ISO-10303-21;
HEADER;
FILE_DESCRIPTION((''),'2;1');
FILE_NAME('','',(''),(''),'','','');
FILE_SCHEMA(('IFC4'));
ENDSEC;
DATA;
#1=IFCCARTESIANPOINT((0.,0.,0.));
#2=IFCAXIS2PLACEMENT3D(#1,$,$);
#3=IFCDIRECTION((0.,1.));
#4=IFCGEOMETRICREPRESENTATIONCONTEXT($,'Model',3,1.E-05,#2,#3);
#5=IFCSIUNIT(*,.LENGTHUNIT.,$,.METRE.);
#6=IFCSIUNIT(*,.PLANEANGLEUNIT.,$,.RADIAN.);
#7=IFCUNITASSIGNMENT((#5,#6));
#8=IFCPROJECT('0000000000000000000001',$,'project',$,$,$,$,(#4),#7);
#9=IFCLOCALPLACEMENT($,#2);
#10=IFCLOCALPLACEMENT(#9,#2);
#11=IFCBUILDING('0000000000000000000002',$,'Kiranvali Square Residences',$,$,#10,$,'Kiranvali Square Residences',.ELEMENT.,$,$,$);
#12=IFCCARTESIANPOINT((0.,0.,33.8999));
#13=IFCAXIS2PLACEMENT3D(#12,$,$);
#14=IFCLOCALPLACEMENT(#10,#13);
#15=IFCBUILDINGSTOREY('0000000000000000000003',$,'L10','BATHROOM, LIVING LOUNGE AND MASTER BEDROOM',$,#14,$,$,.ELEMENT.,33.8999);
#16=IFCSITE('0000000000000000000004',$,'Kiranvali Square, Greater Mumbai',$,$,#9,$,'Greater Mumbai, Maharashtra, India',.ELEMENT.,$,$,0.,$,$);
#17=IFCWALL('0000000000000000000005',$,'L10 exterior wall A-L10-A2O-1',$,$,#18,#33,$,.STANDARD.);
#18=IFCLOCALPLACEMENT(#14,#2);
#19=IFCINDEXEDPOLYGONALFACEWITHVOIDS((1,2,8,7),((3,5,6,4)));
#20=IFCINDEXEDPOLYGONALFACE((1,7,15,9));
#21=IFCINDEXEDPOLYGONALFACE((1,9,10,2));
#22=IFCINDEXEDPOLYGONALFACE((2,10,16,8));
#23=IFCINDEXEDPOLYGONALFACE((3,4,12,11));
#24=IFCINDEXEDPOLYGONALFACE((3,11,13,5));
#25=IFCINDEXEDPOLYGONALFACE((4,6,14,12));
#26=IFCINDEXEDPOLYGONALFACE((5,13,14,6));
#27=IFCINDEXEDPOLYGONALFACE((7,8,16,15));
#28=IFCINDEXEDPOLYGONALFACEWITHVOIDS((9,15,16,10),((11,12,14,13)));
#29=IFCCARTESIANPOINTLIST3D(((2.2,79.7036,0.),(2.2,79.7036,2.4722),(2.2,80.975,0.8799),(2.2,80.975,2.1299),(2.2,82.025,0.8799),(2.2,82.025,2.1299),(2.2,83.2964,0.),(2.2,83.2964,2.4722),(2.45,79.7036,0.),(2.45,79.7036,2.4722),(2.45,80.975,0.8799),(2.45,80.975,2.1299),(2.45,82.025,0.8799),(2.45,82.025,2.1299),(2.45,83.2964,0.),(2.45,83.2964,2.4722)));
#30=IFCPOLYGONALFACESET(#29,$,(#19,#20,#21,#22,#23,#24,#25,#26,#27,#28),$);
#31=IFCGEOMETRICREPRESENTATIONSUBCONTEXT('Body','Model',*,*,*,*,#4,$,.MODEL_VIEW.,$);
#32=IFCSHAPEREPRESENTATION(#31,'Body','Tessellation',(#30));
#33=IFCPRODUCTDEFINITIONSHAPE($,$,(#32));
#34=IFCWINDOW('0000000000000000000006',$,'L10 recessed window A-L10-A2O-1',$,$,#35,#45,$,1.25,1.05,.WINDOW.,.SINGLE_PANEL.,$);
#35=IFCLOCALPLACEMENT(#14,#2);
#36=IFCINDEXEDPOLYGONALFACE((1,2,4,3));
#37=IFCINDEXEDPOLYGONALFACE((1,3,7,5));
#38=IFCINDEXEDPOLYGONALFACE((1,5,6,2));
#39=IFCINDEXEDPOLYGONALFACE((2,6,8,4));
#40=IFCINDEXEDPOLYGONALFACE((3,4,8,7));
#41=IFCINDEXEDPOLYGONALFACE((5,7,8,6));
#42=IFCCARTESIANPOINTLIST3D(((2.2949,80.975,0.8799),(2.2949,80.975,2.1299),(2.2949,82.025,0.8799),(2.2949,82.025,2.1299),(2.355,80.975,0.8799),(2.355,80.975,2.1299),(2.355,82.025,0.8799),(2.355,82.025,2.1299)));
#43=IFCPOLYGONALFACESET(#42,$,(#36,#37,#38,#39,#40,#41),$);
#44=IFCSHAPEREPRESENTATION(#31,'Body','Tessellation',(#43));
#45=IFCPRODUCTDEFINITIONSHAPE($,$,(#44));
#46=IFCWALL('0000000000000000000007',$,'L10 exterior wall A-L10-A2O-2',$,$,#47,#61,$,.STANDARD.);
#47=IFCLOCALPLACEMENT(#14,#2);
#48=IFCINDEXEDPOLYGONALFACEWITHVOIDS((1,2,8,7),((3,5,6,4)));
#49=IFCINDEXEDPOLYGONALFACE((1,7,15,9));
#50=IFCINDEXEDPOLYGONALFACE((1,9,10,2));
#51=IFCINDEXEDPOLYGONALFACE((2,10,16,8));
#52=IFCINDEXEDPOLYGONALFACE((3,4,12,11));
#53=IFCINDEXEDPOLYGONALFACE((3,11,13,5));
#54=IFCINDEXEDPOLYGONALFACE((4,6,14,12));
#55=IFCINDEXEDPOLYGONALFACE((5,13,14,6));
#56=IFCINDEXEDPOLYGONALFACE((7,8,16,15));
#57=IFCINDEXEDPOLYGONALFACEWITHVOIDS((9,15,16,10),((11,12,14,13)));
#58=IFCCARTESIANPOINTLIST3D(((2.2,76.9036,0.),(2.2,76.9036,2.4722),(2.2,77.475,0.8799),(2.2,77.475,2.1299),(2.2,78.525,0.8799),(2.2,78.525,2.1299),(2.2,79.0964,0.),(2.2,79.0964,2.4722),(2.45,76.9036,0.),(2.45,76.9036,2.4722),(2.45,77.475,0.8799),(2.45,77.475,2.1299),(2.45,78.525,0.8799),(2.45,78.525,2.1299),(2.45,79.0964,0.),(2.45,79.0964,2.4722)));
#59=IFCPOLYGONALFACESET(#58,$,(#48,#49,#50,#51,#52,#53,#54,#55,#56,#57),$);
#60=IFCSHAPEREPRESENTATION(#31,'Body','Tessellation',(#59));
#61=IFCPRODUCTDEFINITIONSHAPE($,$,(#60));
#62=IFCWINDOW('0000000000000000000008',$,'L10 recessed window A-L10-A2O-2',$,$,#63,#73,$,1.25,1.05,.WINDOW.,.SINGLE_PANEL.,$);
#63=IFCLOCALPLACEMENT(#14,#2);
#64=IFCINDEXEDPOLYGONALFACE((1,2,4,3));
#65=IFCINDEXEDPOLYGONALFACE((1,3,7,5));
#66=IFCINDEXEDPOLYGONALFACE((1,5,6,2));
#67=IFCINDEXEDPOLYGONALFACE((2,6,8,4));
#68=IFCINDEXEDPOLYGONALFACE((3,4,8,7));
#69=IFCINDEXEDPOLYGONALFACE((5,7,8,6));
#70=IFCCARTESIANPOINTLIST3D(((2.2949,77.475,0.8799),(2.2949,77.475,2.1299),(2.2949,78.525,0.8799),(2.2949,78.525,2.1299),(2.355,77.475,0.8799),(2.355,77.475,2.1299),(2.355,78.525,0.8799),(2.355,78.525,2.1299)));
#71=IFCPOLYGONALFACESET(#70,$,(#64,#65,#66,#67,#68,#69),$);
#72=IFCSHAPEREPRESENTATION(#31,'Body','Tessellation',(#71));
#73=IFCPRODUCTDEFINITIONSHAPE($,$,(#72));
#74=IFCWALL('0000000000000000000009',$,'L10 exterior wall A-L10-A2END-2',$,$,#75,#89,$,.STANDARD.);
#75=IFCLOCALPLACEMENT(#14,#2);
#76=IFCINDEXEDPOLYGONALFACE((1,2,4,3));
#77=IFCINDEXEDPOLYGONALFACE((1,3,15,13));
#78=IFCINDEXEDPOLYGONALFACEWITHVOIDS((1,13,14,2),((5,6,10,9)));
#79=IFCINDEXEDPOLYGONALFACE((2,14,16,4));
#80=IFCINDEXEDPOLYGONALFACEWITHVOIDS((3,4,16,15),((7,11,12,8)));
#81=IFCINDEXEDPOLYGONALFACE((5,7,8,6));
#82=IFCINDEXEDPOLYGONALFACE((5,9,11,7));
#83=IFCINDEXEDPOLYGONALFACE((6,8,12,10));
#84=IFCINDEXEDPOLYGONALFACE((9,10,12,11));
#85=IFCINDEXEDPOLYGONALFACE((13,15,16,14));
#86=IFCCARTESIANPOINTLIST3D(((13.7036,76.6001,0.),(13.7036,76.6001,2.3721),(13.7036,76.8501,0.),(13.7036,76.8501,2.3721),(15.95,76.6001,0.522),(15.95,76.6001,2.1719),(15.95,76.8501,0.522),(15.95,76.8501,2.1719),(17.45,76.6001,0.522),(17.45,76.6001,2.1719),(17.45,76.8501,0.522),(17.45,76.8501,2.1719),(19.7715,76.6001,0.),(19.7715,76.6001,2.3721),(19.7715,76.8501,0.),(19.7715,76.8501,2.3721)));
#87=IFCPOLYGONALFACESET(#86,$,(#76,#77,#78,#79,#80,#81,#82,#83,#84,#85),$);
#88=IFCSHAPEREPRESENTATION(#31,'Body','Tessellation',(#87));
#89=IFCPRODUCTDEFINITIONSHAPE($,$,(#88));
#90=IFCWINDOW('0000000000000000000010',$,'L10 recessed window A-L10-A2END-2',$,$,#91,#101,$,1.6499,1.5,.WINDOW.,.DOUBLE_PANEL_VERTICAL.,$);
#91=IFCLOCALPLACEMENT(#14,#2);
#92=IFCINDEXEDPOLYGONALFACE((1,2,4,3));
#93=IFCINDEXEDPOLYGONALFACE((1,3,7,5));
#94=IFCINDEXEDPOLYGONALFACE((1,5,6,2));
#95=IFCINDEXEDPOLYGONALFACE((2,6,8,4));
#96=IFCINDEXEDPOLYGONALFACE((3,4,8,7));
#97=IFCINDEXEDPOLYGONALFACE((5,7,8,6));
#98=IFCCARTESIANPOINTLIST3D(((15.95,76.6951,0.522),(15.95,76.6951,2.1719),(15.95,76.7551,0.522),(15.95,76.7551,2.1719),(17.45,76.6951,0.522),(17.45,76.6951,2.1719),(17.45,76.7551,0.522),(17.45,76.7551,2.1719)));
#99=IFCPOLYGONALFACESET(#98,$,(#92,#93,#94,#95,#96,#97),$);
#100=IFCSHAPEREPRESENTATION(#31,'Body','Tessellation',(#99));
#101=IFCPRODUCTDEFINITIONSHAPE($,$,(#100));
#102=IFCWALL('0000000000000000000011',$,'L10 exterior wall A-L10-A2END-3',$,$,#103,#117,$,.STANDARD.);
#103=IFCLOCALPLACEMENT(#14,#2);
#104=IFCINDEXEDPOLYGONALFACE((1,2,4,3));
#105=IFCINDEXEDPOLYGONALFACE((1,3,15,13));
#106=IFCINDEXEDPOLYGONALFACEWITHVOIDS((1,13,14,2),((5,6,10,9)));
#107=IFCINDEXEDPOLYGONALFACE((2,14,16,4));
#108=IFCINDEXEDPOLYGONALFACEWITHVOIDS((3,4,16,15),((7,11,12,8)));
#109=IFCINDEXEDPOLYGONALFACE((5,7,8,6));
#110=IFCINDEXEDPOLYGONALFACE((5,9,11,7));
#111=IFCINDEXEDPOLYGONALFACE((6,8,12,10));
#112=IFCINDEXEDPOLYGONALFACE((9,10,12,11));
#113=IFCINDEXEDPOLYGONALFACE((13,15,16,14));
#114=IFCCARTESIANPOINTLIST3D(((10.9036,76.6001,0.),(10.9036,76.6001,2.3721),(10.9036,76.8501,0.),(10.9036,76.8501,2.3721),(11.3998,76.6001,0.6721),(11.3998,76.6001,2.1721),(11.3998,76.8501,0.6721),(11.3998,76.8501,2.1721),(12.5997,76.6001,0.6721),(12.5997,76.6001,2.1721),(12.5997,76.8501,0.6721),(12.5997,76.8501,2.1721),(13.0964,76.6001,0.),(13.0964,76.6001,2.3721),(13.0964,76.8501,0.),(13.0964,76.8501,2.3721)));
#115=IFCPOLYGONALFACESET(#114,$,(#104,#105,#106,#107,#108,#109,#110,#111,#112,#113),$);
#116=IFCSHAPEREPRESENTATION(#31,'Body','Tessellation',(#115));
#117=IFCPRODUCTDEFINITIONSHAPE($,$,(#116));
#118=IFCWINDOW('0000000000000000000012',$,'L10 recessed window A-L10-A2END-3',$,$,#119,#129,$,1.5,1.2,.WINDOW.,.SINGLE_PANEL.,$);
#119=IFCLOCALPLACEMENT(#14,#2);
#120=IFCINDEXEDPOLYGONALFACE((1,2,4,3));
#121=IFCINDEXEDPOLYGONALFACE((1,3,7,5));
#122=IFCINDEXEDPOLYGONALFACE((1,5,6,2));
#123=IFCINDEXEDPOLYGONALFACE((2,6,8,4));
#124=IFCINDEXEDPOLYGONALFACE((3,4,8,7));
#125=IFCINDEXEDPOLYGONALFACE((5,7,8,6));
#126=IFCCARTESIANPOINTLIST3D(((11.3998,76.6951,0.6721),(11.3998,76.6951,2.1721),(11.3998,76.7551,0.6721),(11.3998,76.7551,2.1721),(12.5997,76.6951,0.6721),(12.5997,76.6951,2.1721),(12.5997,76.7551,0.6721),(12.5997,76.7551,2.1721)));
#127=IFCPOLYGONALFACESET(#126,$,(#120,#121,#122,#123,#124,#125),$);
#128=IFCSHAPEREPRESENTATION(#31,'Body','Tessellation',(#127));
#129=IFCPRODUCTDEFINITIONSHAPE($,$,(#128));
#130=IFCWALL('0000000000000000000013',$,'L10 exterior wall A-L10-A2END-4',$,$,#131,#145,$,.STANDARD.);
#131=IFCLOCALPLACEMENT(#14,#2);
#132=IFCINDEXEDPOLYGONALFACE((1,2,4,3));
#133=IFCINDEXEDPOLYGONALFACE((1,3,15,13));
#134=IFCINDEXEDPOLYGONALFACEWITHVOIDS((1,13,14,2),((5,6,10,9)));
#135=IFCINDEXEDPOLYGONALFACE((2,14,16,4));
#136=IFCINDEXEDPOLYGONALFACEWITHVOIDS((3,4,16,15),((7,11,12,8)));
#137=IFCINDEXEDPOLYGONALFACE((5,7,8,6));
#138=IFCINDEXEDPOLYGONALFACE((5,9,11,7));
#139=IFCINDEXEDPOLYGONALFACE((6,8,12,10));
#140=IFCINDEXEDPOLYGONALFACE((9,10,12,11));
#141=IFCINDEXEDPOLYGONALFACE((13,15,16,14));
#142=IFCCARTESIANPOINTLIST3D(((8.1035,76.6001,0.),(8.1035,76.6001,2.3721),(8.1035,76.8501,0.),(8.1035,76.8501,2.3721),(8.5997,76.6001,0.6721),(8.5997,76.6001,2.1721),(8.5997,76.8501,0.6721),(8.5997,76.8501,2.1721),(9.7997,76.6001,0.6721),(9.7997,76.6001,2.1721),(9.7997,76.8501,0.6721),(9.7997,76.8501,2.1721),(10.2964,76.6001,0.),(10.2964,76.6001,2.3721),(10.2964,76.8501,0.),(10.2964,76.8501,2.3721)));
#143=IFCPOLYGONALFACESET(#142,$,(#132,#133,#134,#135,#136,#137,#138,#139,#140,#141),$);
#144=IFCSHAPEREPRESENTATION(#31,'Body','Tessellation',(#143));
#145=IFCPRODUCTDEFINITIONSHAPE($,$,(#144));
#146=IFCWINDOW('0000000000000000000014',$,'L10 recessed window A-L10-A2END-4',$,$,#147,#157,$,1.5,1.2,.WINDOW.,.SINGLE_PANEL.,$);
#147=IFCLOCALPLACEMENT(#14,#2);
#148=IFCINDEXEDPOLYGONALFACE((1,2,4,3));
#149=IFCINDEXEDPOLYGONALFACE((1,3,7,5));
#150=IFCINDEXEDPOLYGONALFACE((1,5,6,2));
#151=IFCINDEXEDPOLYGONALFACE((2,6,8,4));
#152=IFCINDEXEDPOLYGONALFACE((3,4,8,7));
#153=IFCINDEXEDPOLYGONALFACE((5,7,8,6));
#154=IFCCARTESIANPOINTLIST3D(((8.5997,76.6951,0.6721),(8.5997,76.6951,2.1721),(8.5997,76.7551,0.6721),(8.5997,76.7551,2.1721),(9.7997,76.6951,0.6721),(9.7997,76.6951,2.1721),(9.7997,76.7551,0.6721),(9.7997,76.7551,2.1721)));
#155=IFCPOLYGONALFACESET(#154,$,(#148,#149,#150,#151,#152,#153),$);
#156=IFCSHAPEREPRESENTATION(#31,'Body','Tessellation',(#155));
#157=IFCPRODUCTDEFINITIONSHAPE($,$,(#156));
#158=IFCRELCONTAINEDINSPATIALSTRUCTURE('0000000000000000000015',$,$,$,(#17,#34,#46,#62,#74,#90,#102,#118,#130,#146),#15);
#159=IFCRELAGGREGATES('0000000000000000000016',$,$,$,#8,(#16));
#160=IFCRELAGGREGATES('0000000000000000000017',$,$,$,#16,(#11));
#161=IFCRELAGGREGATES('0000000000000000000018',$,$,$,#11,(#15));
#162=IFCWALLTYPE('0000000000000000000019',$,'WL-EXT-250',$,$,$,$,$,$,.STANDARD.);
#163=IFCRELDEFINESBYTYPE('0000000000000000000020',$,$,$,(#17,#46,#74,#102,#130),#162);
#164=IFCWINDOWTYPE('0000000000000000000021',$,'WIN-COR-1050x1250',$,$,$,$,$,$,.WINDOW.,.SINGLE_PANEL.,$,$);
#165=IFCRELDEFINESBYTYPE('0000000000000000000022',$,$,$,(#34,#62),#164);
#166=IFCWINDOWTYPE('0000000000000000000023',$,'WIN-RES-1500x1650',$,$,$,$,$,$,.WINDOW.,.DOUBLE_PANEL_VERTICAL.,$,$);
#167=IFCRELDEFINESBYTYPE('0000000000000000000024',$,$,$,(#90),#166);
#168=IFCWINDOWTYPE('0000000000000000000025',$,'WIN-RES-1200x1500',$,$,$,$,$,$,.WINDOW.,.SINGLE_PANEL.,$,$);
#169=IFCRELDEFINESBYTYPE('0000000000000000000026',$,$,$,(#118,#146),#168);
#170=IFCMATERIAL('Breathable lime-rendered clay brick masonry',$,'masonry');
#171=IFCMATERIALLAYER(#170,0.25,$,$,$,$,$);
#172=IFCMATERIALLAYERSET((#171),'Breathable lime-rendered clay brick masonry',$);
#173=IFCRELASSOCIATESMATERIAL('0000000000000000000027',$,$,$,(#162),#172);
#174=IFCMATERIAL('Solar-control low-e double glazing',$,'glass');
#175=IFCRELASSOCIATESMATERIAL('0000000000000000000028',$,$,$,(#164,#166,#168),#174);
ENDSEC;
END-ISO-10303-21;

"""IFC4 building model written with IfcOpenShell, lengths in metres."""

from ifc_helpers import new_model, si_unit, direction, frame, frame_2d, origin, place, context, subcontext, project, spatial, rectangle, extrude, material, layer, layer_set, type_object, element, fill, save


model = new_model("IFC4")

# Units and contexts
model_context = context("Model", 3, precision=1e-05, world=origin(), true_north=direction((0.0, 1.0)))
body_context = subcontext(model_context, "Body", "Model", "MODEL_VIEW")
ifc_project = project(units=[si_unit("LENGTHUNIT", "METRE"), si_unit("PLANEANGLEUNIT", "RADIAN")], contexts=[model_context])

# Site, building, storey
site_placement = place(None, origin())
site = spatial("IfcSite", under=ifc_project, at=site_placement, Name="Kiranvali Square, Greater Mumbai", LongName="Greater Mumbai, Maharashtra, India", CompositionType="ELEMENT", RefElevation=0.0)
building_placement = place(site_placement, origin())
building = spatial("IfcBuilding", under=site, at=building_placement, Name="Kiranvali Square Residences", LongName="Kiranvali Square Residences", CompositionType="ELEMENT")
storey_placement = place(building_placement, frame((0.0, 0.0, 33.8999)))
storey = spatial("IfcBuildingStorey", under=building, at=storey_placement, Name="L10", Description="BATHROOM, LIVING LOUNGE AND MASTER BEDROOM", CompositionType="ELEMENT", Elevation=33.8999)

# Walls, openings, windows
ifc_material_1 = material(Name="Breathable lime-rendered clay brick masonry", Category="masonry")
ifc_layer_1 = layer(ifc_material_1, 0.25)
ifc_layer_set_1 = layer_set([ifc_layer_1], Name="Breathable lime-rendered clay brick masonry")
wall_type_1 = type_object("IfcWallType", Name="WL-EXT-250", PredefinedType="STANDARD", material=ifc_layer_set_1)
wall_1_placement = place(storey_placement, frame((2.325, 83.2964, 0.0), z_axis=(0.0, 0.0, 1.0), x_axis=(0.0, -1.0, 0.0)))
wall_1 = element("IfcWall", 1, at=wall_1_placement, inside=storey, type_object=wall_type_1, Name="L10 exterior wall A-L10-A2O-1", PredefinedType="STANDARD", context=body_context, shape_type="SweptSolid", body=[
    extrude(rectangle(XDim=3.5928, YDim=0.25, at=frame_2d((1.7964, 0.0))), origin(), (0.0, 0.0, 1.0), 2.4722),
])
opening_1_placement = place(wall_1_placement, frame((1.2715, 0.0, 0.8799)))
opening_1 = element("IfcOpeningElement", 2, at=opening_1_placement, cuts=wall_1, PredefinedType="OPENING", context=body_context, shape_type="SweptSolid", body=[
    extrude(rectangle(XDim=1.05, YDim=1.25, at=frame_2d((0.5249, 0.625))), frame((0.0, 0.135, 0.0), z_axis=(0.0, -1.0, 0.0), x_axis=(1.0, 0.0, 0.0)), (0.0, 0.0, 1.0), 0.27),
])
ifc_material_2 = material(Name="Solar-control low-e double glazing", Category="glass")
window_type_1 = type_object("IfcWindowType", Name="WIN-COR-1050x1250", PartitioningType="SINGLE_PANEL", PredefinedType="WINDOW", material=ifc_material_2)
window_1_placement = place(opening_1_placement, origin())
window_1 = element("IfcWindow", 3, at=window_1_placement, inside=storey, type_object=window_type_1, Name="L10 recessed window A-L10-A2O-1", OverallHeight=1.25, OverallWidth=1.05, PartitioningType="SINGLE_PANEL", PredefinedType="WINDOW", context=body_context, shape_type="SweptSolid", body=[
    extrude(rectangle(XDim=1.05, YDim=1.25, at=frame_2d((0.5249, 0.625))), frame((0.0, 0.03, 0.0), z_axis=(0.0, -1.0, 0.0), x_axis=(1.0, 0.0, 0.0)), (0.0, 0.0, 1.0), 0.0601),
])
fill(opening_1, window_1)
wall_2_placement = place(storey_placement, frame((2.325, 79.0964, 0.0), z_axis=(0.0, 0.0, 1.0), x_axis=(0.0, -1.0, 0.0)))
wall_2 = element("IfcWall", 4, at=wall_2_placement, inside=storey, type_object=wall_type_1, Name="L10 exterior wall A-L10-A2O-2", PredefinedType="STANDARD", context=body_context, shape_type="SweptSolid", body=[
    extrude(rectangle(XDim=2.1929, YDim=0.25, at=frame_2d((1.0964, 0.0))), origin(), (0.0, 0.0, 1.0), 2.4722),
])
opening_2_placement = place(wall_2_placement, frame((0.5715, 0.0, 0.8799)))
opening_2 = element("IfcOpeningElement", 5, at=opening_2_placement, cuts=wall_2, PredefinedType="OPENING", context=body_context, shape_type="SweptSolid", body=[
    extrude(rectangle(XDim=1.05, YDim=1.25, at=frame_2d((0.5249, 0.625))), frame((0.0, 0.135, 0.0), z_axis=(0.0, -1.0, 0.0), x_axis=(1.0, 0.0, 0.0)), (0.0, 0.0, 1.0), 0.27),
])
window_2_placement = place(opening_2_placement, origin())
window_2 = element("IfcWindow", 6, at=window_2_placement, inside=storey, type_object=window_type_1, Name="L10 recessed window A-L10-A2O-2", OverallHeight=1.25, OverallWidth=1.05, PartitioningType="SINGLE_PANEL", PredefinedType="WINDOW", context=body_context, shape_type="SweptSolid", body=[
    extrude(rectangle(XDim=1.05, YDim=1.25, at=frame_2d((0.5249, 0.625))), frame((0.0, 0.03, 0.0), z_axis=(0.0, -1.0, 0.0), x_axis=(1.0, 0.0, 0.0)), (0.0, 0.0, 1.0), 0.0601),
])
fill(opening_2, window_2)
wall_3_placement = place(storey_placement, frame((19.7715, 76.7251, 0.0), z_axis=(0.0, 0.0, 1.0), x_axis=(-1.0, 0.0, 0.0)))
wall_3 = element("IfcWall", 7, at=wall_3_placement, inside=storey, type_object=wall_type_1, Name="L10 exterior wall A-L10-A2END-2", PredefinedType="STANDARD", context=body_context, shape_type="SweptSolid", body=[
    extrude(rectangle(XDim=6.0679, YDim=0.25, at=frame_2d((3.0339, 0.0))), origin(), (0.0, 0.0, 1.0), 2.3721),
])
opening_3_placement = place(wall_3_placement, frame((2.3215, 0.0, 0.522)))
opening_3 = element("IfcOpeningElement", 8, at=opening_3_placement, cuts=wall_3, PredefinedType="OPENING", context=body_context, shape_type="SweptSolid", body=[
    extrude(rectangle(XDim=1.5, YDim=1.6499, at=frame_2d((0.75, 0.825))), frame((0.0, 0.135, 0.0), z_axis=(0.0, -1.0, 0.0), x_axis=(1.0, 0.0, 0.0)), (0.0, 0.0, 1.0), 0.27),
])
window_type_2 = type_object("IfcWindowType", Name="WIN-RES-1500x1650", PartitioningType="DOUBLE_PANEL_VERTICAL", PredefinedType="WINDOW", material=ifc_material_2)
window_3_placement = place(opening_3_placement, origin())
window_3 = element("IfcWindow", 9, at=window_3_placement, inside=storey, type_object=window_type_2, Name="L10 recessed window A-L10-A2END-2", OverallHeight=1.6499, OverallWidth=1.5, PartitioningType="DOUBLE_PANEL_VERTICAL", PredefinedType="WINDOW", context=body_context, shape_type="SweptSolid", body=[
    extrude(rectangle(XDim=1.5, YDim=1.6499, at=frame_2d((0.75, 0.825))), frame((0.0, 0.03, 0.0), z_axis=(0.0, -1.0, 0.0), x_axis=(1.0, 0.0, 0.0)), (0.0, 0.0, 1.0), 0.0601),
])
fill(opening_3, window_3)
wall_4_placement = place(storey_placement, frame((13.0964, 76.7251, 0.0), z_axis=(0.0, 0.0, 1.0), x_axis=(-1.0, 0.0, 0.0)))
wall_4 = element("IfcWall", 10, at=wall_4_placement, inside=storey, type_object=wall_type_1, Name="L10 exterior wall A-L10-A2END-3", PredefinedType="STANDARD", context=body_context, shape_type="SweptSolid", body=[
    extrude(rectangle(XDim=2.1929, YDim=0.25, at=frame_2d((1.0964, 0.0))), origin(), (0.0, 0.0, 1.0), 2.3721),
])
opening_4_placement = place(wall_4_placement, frame((0.4966, 0.0, 0.6721)))
opening_4 = element("IfcOpeningElement", 11, at=opening_4_placement, cuts=wall_4, PredefinedType="OPENING", context=body_context, shape_type="SweptSolid", body=[
    extrude(rectangle(XDim=1.2, YDim=1.5, at=frame_2d((0.6001, 0.75))), frame((0.0, 0.135, 0.0), z_axis=(0.0, -1.0, 0.0), x_axis=(1.0, 0.0, 0.0)), (0.0, 0.0, 1.0), 0.27),
])
window_type_3 = type_object("IfcWindowType", Name="WIN-RES-1200x1500", PartitioningType="SINGLE_PANEL", PredefinedType="WINDOW", material=ifc_material_2)
window_4_placement = place(opening_4_placement, origin())
window_4 = element("IfcWindow", 12, at=window_4_placement, inside=storey, type_object=window_type_3, Name="L10 recessed window A-L10-A2END-3", OverallHeight=1.5, OverallWidth=1.2, PartitioningType="SINGLE_PANEL", PredefinedType="WINDOW", context=body_context, shape_type="SweptSolid", body=[
    extrude(rectangle(XDim=1.2, YDim=1.5, at=frame_2d((0.6001, 0.75))), frame((0.0, 0.03, 0.0), z_axis=(0.0, -1.0, 0.0), x_axis=(1.0, 0.0, 0.0)), (0.0, 0.0, 1.0), 0.0601),
])
fill(opening_4, window_4)
wall_5_placement = place(storey_placement, frame((10.2964, 76.7251, 0.0), z_axis=(0.0, 0.0, 1.0), x_axis=(-1.0, 0.0, 0.0)))
wall_5 = element("IfcWall", 13, at=wall_5_placement, inside=storey, type_object=wall_type_1, Name="L10 exterior wall A-L10-A2END-4", PredefinedType="STANDARD", context=body_context, shape_type="SweptSolid", body=[
    extrude(rectangle(XDim=2.1929, YDim=0.25, at=frame_2d((1.0964, 0.0))), origin(), (0.0, 0.0, 1.0), 2.3721),
])
opening_5_placement = place(wall_5_placement, frame((0.4966, 0.0, 0.6721)))
opening_5 = element("IfcOpeningElement", 14, at=opening_5_placement, cuts=wall_5, PredefinedType="OPENING", context=body_context, shape_type="SweptSolid", body=[
    extrude(rectangle(XDim=1.2, YDim=1.5, at=frame_2d((0.6001, 0.75))), frame((0.0, 0.135, 0.0), z_axis=(0.0, -1.0, 0.0), x_axis=(1.0, 0.0, 0.0)), (0.0, 0.0, 1.0), 0.27),
])
window_5_placement = place(opening_5_placement, origin())
window_5 = element("IfcWindow", 15, at=window_5_placement, inside=storey, type_object=window_type_3, Name="L10 recessed window A-L10-A2END-4", OverallHeight=1.5, OverallWidth=1.2, PartitioningType="SINGLE_PANEL", PredefinedType="WINDOW", context=body_context, shape_type="SweptSolid", body=[
    extrude(rectangle(XDim=1.2, YDim=1.5, at=frame_2d((0.6001, 0.75))), frame((0.0, 0.03, 0.0), z_axis=(0.0, -1.0, 0.0), x_axis=(1.0, 0.0, 0.0)), (0.0, 0.0, 1.0), 0.0601),
])
fill(opening_5, window_5)

save(model, "model.ifc")
